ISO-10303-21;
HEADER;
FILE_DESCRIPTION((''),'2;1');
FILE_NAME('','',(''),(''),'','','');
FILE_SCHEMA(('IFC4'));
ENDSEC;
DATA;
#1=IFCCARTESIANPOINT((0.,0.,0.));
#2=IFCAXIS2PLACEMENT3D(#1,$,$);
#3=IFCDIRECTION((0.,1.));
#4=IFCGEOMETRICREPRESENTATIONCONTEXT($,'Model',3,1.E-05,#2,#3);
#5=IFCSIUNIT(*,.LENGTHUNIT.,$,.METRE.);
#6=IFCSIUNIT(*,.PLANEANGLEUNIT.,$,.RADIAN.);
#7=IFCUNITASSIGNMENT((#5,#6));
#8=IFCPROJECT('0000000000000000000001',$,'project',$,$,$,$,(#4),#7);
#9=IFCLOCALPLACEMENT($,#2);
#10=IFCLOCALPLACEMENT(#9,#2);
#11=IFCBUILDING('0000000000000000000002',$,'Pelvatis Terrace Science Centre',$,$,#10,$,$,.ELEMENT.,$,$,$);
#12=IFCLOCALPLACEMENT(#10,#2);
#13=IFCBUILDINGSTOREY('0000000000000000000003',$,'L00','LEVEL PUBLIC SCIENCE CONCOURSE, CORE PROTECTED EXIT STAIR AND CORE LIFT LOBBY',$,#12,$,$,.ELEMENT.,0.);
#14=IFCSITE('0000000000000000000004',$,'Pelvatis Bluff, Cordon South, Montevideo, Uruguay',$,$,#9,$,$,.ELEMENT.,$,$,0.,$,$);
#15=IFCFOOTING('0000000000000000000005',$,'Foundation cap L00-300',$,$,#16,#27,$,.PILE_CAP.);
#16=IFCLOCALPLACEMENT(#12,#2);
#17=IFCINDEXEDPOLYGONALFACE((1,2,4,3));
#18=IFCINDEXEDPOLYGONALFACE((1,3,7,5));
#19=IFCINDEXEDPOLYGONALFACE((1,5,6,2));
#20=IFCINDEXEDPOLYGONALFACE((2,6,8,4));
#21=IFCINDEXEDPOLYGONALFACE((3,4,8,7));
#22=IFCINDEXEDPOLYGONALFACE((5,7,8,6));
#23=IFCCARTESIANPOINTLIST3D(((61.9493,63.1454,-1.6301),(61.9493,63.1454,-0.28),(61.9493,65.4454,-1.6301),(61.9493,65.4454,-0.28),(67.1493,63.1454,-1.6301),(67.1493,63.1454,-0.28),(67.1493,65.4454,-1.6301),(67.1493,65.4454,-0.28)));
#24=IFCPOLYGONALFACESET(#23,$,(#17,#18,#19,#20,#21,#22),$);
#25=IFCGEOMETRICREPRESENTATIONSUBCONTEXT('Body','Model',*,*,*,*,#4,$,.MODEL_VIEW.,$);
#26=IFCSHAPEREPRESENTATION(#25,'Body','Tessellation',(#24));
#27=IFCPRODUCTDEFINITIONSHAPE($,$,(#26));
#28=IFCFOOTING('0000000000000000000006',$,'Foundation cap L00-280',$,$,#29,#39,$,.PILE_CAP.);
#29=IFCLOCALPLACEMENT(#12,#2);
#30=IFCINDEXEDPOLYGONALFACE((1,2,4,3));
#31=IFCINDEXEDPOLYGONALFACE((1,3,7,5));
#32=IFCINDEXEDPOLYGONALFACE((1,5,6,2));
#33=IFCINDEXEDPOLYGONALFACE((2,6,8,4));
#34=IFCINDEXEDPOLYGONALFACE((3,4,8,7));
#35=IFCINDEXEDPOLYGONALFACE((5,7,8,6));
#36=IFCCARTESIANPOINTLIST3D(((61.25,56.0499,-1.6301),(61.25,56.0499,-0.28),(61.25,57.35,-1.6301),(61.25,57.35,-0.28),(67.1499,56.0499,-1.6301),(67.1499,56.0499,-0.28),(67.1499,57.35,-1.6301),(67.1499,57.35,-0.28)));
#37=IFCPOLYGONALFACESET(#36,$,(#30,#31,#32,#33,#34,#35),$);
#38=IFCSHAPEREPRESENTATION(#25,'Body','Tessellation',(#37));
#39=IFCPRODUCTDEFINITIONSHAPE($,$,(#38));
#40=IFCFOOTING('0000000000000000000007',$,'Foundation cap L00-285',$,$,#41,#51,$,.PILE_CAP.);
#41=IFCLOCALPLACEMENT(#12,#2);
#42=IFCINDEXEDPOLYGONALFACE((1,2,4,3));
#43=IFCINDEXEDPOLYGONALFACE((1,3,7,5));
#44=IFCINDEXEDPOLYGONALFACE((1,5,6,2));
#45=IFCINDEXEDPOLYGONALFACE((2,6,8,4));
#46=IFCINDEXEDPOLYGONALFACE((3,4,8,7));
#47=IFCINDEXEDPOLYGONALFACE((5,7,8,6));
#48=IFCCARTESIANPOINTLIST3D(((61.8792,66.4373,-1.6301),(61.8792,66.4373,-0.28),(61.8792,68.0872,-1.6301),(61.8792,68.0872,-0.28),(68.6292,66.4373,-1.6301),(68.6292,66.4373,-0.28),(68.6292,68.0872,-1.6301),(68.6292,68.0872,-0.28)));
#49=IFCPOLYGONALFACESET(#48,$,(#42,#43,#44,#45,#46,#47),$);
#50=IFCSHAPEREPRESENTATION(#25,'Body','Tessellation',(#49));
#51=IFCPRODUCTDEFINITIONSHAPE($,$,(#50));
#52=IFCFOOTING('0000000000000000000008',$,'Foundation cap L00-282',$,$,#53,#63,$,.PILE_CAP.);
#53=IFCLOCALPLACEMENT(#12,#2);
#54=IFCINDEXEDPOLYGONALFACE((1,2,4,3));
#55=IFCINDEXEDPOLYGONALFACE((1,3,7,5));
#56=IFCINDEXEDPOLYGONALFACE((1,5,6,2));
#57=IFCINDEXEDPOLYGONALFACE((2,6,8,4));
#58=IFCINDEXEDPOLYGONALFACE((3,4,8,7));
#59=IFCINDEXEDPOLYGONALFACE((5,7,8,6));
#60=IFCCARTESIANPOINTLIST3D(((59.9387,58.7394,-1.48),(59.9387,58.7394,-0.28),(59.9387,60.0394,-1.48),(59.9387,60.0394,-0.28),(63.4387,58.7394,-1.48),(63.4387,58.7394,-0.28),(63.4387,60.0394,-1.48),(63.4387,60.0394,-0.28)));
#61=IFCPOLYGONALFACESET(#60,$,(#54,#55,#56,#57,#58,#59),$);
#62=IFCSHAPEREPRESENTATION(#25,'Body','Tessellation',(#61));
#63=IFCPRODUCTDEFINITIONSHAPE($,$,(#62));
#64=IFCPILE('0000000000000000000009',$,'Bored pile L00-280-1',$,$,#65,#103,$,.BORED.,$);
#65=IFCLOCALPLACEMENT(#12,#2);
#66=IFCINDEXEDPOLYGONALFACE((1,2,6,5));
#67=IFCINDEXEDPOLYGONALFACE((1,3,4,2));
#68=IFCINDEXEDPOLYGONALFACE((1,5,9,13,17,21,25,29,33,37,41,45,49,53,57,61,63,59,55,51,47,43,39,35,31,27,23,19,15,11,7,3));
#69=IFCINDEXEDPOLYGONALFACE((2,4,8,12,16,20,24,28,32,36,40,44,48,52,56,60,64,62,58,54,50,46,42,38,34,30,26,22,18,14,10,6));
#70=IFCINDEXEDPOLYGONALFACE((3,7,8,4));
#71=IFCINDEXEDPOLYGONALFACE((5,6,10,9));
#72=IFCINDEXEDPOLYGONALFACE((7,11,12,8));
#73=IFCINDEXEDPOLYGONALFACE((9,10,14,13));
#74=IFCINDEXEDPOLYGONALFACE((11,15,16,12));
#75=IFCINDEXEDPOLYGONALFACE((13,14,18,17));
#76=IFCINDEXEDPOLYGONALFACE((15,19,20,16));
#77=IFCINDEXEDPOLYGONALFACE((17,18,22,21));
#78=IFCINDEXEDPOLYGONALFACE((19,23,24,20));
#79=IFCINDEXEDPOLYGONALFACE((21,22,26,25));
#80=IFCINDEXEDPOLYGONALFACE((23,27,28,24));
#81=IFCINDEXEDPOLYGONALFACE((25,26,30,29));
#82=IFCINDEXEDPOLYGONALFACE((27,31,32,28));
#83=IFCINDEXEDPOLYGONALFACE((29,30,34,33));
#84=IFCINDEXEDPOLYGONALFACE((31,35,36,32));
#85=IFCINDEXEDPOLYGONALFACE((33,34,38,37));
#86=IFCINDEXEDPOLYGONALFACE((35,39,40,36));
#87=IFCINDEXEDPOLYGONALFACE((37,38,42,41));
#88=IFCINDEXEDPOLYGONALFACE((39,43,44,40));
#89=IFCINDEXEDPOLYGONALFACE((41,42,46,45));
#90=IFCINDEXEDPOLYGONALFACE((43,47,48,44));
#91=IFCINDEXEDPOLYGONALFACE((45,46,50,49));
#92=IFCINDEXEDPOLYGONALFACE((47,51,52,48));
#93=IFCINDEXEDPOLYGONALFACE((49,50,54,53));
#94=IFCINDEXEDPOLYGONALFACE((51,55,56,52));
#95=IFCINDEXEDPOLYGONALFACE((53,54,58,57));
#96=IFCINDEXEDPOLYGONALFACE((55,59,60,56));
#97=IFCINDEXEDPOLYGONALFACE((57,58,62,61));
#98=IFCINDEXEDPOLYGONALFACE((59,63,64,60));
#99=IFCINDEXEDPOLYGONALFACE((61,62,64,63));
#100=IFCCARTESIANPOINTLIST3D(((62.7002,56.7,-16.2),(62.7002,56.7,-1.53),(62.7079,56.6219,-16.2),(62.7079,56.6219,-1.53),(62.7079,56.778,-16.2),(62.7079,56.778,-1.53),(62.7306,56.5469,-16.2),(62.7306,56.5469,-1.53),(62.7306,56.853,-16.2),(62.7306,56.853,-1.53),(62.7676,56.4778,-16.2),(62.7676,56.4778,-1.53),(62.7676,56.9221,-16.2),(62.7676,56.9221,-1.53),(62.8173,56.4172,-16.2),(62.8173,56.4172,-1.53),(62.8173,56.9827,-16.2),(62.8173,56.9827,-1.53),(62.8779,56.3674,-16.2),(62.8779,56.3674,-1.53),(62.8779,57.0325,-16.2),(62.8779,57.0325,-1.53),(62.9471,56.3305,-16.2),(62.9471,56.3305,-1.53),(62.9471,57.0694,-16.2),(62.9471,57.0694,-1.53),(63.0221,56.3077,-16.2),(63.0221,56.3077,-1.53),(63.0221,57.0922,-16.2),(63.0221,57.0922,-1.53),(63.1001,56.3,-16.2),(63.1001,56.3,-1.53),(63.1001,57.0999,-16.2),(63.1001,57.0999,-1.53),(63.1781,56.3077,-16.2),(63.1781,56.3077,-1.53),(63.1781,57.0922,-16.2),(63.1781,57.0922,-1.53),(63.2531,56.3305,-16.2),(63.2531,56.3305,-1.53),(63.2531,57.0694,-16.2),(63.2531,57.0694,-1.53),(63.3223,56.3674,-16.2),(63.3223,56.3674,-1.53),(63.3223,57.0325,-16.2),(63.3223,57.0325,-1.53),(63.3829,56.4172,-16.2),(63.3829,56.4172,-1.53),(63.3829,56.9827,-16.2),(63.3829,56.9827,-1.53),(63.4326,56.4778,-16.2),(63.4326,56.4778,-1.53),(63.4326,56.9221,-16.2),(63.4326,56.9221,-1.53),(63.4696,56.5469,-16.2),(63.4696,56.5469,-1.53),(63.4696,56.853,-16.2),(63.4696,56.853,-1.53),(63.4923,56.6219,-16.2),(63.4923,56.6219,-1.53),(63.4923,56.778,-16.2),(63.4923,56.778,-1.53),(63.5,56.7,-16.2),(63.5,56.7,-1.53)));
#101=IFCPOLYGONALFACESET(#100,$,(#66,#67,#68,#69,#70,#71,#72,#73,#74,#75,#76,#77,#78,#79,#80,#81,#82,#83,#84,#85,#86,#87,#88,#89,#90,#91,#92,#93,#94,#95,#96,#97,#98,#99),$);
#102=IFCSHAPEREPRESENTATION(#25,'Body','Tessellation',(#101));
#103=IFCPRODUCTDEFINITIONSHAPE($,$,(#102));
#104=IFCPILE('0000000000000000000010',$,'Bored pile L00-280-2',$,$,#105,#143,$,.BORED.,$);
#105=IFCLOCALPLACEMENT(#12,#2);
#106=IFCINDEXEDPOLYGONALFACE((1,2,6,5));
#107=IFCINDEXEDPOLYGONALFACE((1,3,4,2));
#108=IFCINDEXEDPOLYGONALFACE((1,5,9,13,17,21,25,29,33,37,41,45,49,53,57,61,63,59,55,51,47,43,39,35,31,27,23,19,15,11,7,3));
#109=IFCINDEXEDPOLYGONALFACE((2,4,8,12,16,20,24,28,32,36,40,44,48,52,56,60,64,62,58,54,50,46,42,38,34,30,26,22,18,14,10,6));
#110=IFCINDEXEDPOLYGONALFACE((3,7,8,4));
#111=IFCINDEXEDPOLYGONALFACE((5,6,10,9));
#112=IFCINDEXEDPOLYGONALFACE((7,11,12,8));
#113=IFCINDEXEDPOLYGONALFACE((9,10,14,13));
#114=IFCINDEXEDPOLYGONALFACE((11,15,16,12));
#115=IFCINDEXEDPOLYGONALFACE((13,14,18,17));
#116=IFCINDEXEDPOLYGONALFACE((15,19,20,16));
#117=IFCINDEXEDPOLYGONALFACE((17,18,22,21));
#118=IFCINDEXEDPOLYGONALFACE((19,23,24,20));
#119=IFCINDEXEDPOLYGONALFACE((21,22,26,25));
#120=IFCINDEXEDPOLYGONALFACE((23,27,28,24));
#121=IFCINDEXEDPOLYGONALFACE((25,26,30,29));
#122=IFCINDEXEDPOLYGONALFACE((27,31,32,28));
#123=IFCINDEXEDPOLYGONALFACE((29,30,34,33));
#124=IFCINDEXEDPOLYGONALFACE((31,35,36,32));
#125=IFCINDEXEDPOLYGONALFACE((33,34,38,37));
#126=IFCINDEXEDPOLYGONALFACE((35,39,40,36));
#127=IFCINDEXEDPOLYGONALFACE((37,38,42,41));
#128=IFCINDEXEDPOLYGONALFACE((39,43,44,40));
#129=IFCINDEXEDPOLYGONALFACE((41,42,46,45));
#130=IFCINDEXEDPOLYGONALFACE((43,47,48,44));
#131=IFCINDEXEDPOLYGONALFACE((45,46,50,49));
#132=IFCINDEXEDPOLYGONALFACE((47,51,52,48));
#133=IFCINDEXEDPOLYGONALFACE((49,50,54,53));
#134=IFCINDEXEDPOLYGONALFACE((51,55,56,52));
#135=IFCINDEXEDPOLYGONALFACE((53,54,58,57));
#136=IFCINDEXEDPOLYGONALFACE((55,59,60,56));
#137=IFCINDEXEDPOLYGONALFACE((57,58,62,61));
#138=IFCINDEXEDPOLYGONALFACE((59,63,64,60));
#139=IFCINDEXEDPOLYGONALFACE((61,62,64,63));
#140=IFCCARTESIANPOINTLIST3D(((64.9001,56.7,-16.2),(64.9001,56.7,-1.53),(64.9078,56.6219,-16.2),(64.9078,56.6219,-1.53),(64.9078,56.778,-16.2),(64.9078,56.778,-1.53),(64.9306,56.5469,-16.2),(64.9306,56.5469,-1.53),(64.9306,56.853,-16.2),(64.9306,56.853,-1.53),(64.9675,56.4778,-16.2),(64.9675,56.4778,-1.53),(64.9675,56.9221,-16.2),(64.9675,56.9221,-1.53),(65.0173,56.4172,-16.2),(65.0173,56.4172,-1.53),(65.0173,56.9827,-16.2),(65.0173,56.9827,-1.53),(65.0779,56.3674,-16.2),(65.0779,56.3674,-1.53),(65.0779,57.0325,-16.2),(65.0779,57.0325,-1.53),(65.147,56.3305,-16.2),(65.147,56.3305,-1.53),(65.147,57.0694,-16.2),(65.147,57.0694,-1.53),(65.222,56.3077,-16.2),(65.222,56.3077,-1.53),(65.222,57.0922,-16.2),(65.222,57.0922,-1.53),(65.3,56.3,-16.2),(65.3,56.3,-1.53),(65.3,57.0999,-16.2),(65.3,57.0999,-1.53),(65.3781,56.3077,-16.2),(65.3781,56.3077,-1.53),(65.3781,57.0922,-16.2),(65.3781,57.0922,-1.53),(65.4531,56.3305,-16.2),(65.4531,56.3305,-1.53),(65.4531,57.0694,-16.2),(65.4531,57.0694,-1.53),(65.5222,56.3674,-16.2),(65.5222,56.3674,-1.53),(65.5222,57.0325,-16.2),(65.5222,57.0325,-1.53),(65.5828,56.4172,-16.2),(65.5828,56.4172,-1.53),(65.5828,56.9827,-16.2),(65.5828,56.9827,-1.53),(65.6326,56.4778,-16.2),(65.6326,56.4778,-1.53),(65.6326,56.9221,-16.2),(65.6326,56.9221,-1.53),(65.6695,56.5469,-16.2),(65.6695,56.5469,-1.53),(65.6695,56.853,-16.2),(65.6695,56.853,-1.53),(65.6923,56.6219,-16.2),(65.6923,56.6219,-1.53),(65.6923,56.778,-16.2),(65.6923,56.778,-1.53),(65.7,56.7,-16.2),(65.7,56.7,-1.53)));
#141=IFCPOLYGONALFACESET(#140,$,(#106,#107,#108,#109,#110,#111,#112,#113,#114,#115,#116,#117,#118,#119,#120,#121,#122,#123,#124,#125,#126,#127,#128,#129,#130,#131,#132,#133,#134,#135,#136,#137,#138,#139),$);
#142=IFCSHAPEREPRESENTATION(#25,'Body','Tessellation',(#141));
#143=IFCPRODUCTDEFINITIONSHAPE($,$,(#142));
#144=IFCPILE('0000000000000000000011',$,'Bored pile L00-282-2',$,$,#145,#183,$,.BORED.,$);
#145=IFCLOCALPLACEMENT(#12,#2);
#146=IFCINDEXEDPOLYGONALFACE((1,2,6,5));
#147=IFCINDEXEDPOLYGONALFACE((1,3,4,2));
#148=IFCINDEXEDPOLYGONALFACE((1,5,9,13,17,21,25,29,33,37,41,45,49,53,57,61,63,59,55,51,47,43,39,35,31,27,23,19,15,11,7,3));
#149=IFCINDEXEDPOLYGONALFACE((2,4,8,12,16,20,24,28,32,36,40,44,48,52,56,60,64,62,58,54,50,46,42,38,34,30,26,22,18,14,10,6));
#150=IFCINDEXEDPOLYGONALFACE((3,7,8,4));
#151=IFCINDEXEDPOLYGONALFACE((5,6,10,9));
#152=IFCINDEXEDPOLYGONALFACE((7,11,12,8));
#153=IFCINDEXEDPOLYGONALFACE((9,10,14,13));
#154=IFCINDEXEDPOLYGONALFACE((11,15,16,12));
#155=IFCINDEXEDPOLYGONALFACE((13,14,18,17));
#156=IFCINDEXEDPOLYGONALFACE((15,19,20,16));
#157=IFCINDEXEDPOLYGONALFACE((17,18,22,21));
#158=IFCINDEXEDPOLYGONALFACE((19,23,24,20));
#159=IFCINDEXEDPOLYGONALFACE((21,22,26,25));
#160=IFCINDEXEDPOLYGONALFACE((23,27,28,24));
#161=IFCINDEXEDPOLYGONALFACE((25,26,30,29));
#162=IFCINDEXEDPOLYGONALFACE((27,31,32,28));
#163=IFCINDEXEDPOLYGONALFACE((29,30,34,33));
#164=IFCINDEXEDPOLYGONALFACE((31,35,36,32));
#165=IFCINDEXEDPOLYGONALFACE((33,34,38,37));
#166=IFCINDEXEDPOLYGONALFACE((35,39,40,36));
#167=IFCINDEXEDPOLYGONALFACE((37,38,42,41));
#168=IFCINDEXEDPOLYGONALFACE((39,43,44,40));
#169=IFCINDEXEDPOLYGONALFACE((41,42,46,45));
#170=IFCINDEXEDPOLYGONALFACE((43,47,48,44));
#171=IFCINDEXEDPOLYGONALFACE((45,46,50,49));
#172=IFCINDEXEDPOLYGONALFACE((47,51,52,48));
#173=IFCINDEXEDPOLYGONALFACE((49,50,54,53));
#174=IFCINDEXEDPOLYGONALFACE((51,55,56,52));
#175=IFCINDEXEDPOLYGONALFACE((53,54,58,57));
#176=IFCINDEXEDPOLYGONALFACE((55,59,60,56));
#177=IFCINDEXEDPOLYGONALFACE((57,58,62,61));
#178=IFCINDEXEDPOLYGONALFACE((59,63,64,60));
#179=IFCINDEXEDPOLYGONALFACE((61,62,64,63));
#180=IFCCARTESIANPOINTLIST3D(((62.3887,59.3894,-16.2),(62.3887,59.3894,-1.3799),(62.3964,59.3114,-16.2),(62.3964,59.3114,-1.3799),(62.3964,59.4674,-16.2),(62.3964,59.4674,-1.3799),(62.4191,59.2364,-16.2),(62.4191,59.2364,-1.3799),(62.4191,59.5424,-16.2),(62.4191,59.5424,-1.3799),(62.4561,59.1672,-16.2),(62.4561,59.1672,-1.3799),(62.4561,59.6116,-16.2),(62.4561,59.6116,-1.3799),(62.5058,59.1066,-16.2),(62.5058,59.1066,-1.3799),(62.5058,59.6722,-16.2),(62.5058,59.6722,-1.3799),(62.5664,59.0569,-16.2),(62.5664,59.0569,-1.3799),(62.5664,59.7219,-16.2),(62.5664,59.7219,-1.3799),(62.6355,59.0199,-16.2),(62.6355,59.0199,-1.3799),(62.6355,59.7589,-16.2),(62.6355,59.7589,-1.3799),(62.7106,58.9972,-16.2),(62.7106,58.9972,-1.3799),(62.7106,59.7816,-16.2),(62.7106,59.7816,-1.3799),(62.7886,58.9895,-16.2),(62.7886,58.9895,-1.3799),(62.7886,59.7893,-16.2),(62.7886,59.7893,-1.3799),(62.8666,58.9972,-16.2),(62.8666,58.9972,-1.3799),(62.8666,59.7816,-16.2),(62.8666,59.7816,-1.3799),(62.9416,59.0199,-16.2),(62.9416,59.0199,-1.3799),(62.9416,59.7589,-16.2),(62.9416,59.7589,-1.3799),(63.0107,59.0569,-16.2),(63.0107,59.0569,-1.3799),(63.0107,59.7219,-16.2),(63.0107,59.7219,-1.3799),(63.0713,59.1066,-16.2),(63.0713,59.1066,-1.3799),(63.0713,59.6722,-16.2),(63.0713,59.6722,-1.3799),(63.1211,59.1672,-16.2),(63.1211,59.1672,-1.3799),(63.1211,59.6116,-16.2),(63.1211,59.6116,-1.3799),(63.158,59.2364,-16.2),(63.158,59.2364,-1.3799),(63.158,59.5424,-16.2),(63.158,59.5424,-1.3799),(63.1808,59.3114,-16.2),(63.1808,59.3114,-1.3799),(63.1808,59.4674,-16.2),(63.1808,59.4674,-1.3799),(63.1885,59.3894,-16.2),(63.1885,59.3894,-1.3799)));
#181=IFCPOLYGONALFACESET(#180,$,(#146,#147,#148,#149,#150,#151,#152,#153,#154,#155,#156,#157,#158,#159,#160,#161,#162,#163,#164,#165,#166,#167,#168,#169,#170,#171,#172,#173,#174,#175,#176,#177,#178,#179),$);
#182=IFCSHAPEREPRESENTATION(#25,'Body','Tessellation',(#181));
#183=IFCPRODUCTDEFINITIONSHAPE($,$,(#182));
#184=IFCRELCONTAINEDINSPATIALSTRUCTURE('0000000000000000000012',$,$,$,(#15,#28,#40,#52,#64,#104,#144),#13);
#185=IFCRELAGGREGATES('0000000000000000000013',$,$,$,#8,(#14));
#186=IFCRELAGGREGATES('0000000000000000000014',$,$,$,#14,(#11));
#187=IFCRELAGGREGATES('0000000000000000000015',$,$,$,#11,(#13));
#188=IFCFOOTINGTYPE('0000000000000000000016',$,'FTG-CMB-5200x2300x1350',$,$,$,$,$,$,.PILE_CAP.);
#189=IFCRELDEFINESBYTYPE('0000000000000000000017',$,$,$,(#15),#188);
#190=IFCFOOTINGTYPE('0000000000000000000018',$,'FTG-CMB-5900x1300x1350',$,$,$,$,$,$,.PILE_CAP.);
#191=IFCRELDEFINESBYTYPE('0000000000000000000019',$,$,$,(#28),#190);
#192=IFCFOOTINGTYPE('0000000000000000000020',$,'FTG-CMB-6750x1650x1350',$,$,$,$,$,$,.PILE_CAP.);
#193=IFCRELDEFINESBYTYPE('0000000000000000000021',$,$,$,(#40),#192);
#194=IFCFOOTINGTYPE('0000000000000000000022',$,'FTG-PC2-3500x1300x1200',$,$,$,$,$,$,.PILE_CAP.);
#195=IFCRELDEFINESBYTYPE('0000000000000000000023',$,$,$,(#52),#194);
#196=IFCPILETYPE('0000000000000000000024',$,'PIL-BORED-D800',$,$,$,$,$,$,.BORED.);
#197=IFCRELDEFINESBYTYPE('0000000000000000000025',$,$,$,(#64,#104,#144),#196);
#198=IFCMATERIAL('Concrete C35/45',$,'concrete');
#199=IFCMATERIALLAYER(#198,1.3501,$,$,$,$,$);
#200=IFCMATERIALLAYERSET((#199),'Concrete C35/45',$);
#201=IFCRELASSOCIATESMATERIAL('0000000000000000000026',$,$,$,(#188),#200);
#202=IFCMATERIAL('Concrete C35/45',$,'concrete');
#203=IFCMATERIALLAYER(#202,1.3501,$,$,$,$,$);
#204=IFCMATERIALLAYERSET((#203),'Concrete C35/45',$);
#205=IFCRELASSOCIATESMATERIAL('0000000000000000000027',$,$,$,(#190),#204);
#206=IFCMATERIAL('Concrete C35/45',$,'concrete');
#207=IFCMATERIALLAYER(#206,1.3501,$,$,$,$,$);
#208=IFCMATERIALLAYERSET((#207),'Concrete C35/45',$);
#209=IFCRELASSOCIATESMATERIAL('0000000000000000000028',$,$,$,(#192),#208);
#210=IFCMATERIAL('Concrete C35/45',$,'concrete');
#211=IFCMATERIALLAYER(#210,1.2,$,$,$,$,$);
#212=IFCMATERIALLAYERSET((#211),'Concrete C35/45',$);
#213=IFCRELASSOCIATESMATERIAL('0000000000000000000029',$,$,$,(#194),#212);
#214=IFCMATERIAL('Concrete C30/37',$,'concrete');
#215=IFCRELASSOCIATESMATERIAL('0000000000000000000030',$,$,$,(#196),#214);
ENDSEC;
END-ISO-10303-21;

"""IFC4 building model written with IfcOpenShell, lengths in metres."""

from ifc_helpers import new_model, si_unit, direction, frame, origin, origin_2d, place, context, subcontext, project, spatial, rectangle, circle, extrude, material, layer, layer_set, material_profile, profile_set, type_object, element, save


model = new_model("IFC4")

# Units and contexts
model_context = context("Model", 3, precision=1e-05, world=origin(), true_north=direction((0.0, 1.0)))
body_context = subcontext(model_context, "Body", "Model", "MODEL_VIEW")
ifc_project = project(units=[si_unit("LENGTHUNIT", "METRE"), si_unit("PLANEANGLEUNIT", "RADIAN")], contexts=[model_context])

# Site, building, storey
site_placement = place(None, origin())
site = spatial("IfcSite", under=ifc_project, at=site_placement, Name="Pelvatis Bluff, Cordon South, Montevideo, Uruguay", CompositionType="ELEMENT", RefElevation=0.0)
building_placement = place(site_placement, origin())
building = spatial("IfcBuilding", under=site, at=building_placement, Name="Pelvatis Terrace Science Centre", CompositionType="ELEMENT")
storey_placement = place(building_placement, origin())
storey = spatial("IfcBuildingStorey", under=building, at=storey_placement, Name="L00", Description="LEVEL PUBLIC SCIENCE CONCOURSE, CORE PROTECTED EXIT STAIR AND CORE LIFT LOBBY", CompositionType="ELEMENT", Elevation=0.0)

# Footings
ifc_material_1 = material(Name="Concrete C35/45", Category="concrete")
ifc_layer_1 = layer(ifc_material_1, 1.3501)
ifc_layer_set_1 = layer_set([ifc_layer_1], Name="Concrete C35/45")
footing_type_1 = type_object("IfcFootingType", Name="FTG-CMB-5200x2300x1350", PredefinedType="PILE_CAP", material=ifc_layer_set_1)
footing_1_placement = place(storey_placement, frame((64.5493, 64.2954, -1.6301), z_axis=(0.0, 0.0, 1.0), x_axis=(1.0, 0.0, 0.0)))
element("IfcFooting", 1, at=footing_1_placement, inside=storey, type_object=footing_type_1, Name="Foundation cap L00-300", PredefinedType="PILE_CAP", context=body_context, shape_type="SweptSolid", body=[
    extrude(rectangle(XDim=5.2, YDim=2.3, at=origin_2d()), origin(), (0.0, 0.0, 1.0), 1.3501),
])
ifc_material_2 = material(Name="Concrete C35/45", Category="concrete")
ifc_layer_2 = layer(ifc_material_2, 1.3501)
ifc_layer_set_2 = layer_set([ifc_layer_2], Name="Concrete C35/45")
footing_type_2 = type_object("IfcFootingType", Name="FTG-CMB-5900x1300x1350", PredefinedType="PILE_CAP", material=ifc_layer_set_2)
footing_2_placement = place(storey_placement, frame((64.2, 56.7, -1.6301), z_axis=(0.0, 0.0, 1.0), x_axis=(1.0, 0.0, 0.0)))
element("IfcFooting", 2, at=footing_2_placement, inside=storey, type_object=footing_type_2, Name="Foundation cap L00-280", PredefinedType="PILE_CAP", context=body_context, shape_type="SweptSolid", body=[
    extrude(rectangle(XDim=5.8999, YDim=1.3, at=origin_2d()), origin(), (0.0, 0.0, 1.0), 1.3501),
])
ifc_material_3 = material(Name="Concrete C35/45", Category="concrete")
ifc_layer_3 = layer(ifc_material_3, 1.3501)
ifc_layer_set_3 = layer_set([ifc_layer_3], Name="Concrete C35/45")
footing_type_3 = type_object("IfcFootingType", Name="FTG-CMB-6750x1650x1350", PredefinedType="PILE_CAP", material=ifc_layer_set_3)
footing_3_placement = place(storey_placement, frame((65.2542, 67.2622, -1.6301), z_axis=(0.0, 0.0, 1.0), x_axis=(1.0, 0.0, 0.0)))
element("IfcFooting", 3, at=footing_3_placement, inside=storey, type_object=footing_type_3, Name="Foundation cap L00-285", PredefinedType="PILE_CAP", context=body_context, shape_type="SweptSolid", body=[
    extrude(rectangle(XDim=6.75, YDim=1.6499, at=origin_2d()), origin(), (0.0, 0.0, 1.0), 1.3501),
])
ifc_material_4 = material(Name="Concrete C35/45", Category="concrete")
ifc_layer_4 = layer(ifc_material_4, 1.2)
ifc_layer_set_4 = layer_set([ifc_layer_4], Name="Concrete C35/45")
footing_type_4 = type_object("IfcFootingType", Name="FTG-PC2-3500x1300x1200", PredefinedType="PILE_CAP", material=ifc_layer_set_4)
footing_4_placement = place(storey_placement, frame((61.6887, 59.3894, -1.48), z_axis=(0.0, 0.0, 1.0), x_axis=(1.0, 0.0, 0.0)))
element("IfcFooting", 4, at=footing_4_placement, inside=storey, type_object=footing_type_4, Name="Foundation cap L00-282", PredefinedType="PILE_CAP", context=body_context, shape_type="SweptSolid", body=[
    extrude(rectangle(XDim=3.5, YDim=1.3, at=origin_2d()), origin(), (0.0, 0.0, 1.0), 1.2),
])

# Piles
ifc_material_5 = material(Name="Concrete C30/37", Category="concrete")
ifc_material_profile_1 = material_profile(ifc_material_5, circle(Radius=0.3999, at=origin_2d()), Name="PILE D800")
ifc_profile_set_1 = profile_set([ifc_material_profile_1], Name="Concrete C30/37")
pile_type = type_object("IfcPileType", Name="PIL-BORED-D800", PredefinedType="BORED", material=ifc_profile_set_1)
for number, where, z_axis, x_axis, name in (
    (5, (63.1001, 56.7, -1.53), (0.0, 0.0, -1.0), (1.0, 0.0, 0.0), "Bored pile L00-280-1"),
    (6, (65.3, 56.7, -1.53), (0.0, 0.0, -1.0), (1.0, 0.0, 0.0), "Bored pile L00-280-2"),
):
    element("IfcPile", number, at=place(storey_placement, frame(where, z_axis=z_axis, x_axis=x_axis)), inside=storey, type_object=pile_type, Name=name, PredefinedType="BORED", context=body_context, shape_type="SweptSolid", body=[
        extrude(circle(Radius=0.3999, at=origin_2d()), origin(), (0.0, 0.0, 1.0), 14.6699),
    ])
pile_placement = place(storey_placement, frame((62.7886, 59.3894, -1.3799), z_axis=(0.0, 0.0, -1.0), x_axis=(1.0, 0.0, 0.0)))
element("IfcPile", 7, at=pile_placement, inside=storey, type_object=pile_type, Name="Bored pile L00-282-2", PredefinedType="BORED", context=body_context, shape_type="SweptSolid", body=[
    extrude(circle(Radius=0.3999, at=origin_2d()), origin(), (0.0, 0.0, 1.0), 14.8201),
])

save(model, "model.ifc")
